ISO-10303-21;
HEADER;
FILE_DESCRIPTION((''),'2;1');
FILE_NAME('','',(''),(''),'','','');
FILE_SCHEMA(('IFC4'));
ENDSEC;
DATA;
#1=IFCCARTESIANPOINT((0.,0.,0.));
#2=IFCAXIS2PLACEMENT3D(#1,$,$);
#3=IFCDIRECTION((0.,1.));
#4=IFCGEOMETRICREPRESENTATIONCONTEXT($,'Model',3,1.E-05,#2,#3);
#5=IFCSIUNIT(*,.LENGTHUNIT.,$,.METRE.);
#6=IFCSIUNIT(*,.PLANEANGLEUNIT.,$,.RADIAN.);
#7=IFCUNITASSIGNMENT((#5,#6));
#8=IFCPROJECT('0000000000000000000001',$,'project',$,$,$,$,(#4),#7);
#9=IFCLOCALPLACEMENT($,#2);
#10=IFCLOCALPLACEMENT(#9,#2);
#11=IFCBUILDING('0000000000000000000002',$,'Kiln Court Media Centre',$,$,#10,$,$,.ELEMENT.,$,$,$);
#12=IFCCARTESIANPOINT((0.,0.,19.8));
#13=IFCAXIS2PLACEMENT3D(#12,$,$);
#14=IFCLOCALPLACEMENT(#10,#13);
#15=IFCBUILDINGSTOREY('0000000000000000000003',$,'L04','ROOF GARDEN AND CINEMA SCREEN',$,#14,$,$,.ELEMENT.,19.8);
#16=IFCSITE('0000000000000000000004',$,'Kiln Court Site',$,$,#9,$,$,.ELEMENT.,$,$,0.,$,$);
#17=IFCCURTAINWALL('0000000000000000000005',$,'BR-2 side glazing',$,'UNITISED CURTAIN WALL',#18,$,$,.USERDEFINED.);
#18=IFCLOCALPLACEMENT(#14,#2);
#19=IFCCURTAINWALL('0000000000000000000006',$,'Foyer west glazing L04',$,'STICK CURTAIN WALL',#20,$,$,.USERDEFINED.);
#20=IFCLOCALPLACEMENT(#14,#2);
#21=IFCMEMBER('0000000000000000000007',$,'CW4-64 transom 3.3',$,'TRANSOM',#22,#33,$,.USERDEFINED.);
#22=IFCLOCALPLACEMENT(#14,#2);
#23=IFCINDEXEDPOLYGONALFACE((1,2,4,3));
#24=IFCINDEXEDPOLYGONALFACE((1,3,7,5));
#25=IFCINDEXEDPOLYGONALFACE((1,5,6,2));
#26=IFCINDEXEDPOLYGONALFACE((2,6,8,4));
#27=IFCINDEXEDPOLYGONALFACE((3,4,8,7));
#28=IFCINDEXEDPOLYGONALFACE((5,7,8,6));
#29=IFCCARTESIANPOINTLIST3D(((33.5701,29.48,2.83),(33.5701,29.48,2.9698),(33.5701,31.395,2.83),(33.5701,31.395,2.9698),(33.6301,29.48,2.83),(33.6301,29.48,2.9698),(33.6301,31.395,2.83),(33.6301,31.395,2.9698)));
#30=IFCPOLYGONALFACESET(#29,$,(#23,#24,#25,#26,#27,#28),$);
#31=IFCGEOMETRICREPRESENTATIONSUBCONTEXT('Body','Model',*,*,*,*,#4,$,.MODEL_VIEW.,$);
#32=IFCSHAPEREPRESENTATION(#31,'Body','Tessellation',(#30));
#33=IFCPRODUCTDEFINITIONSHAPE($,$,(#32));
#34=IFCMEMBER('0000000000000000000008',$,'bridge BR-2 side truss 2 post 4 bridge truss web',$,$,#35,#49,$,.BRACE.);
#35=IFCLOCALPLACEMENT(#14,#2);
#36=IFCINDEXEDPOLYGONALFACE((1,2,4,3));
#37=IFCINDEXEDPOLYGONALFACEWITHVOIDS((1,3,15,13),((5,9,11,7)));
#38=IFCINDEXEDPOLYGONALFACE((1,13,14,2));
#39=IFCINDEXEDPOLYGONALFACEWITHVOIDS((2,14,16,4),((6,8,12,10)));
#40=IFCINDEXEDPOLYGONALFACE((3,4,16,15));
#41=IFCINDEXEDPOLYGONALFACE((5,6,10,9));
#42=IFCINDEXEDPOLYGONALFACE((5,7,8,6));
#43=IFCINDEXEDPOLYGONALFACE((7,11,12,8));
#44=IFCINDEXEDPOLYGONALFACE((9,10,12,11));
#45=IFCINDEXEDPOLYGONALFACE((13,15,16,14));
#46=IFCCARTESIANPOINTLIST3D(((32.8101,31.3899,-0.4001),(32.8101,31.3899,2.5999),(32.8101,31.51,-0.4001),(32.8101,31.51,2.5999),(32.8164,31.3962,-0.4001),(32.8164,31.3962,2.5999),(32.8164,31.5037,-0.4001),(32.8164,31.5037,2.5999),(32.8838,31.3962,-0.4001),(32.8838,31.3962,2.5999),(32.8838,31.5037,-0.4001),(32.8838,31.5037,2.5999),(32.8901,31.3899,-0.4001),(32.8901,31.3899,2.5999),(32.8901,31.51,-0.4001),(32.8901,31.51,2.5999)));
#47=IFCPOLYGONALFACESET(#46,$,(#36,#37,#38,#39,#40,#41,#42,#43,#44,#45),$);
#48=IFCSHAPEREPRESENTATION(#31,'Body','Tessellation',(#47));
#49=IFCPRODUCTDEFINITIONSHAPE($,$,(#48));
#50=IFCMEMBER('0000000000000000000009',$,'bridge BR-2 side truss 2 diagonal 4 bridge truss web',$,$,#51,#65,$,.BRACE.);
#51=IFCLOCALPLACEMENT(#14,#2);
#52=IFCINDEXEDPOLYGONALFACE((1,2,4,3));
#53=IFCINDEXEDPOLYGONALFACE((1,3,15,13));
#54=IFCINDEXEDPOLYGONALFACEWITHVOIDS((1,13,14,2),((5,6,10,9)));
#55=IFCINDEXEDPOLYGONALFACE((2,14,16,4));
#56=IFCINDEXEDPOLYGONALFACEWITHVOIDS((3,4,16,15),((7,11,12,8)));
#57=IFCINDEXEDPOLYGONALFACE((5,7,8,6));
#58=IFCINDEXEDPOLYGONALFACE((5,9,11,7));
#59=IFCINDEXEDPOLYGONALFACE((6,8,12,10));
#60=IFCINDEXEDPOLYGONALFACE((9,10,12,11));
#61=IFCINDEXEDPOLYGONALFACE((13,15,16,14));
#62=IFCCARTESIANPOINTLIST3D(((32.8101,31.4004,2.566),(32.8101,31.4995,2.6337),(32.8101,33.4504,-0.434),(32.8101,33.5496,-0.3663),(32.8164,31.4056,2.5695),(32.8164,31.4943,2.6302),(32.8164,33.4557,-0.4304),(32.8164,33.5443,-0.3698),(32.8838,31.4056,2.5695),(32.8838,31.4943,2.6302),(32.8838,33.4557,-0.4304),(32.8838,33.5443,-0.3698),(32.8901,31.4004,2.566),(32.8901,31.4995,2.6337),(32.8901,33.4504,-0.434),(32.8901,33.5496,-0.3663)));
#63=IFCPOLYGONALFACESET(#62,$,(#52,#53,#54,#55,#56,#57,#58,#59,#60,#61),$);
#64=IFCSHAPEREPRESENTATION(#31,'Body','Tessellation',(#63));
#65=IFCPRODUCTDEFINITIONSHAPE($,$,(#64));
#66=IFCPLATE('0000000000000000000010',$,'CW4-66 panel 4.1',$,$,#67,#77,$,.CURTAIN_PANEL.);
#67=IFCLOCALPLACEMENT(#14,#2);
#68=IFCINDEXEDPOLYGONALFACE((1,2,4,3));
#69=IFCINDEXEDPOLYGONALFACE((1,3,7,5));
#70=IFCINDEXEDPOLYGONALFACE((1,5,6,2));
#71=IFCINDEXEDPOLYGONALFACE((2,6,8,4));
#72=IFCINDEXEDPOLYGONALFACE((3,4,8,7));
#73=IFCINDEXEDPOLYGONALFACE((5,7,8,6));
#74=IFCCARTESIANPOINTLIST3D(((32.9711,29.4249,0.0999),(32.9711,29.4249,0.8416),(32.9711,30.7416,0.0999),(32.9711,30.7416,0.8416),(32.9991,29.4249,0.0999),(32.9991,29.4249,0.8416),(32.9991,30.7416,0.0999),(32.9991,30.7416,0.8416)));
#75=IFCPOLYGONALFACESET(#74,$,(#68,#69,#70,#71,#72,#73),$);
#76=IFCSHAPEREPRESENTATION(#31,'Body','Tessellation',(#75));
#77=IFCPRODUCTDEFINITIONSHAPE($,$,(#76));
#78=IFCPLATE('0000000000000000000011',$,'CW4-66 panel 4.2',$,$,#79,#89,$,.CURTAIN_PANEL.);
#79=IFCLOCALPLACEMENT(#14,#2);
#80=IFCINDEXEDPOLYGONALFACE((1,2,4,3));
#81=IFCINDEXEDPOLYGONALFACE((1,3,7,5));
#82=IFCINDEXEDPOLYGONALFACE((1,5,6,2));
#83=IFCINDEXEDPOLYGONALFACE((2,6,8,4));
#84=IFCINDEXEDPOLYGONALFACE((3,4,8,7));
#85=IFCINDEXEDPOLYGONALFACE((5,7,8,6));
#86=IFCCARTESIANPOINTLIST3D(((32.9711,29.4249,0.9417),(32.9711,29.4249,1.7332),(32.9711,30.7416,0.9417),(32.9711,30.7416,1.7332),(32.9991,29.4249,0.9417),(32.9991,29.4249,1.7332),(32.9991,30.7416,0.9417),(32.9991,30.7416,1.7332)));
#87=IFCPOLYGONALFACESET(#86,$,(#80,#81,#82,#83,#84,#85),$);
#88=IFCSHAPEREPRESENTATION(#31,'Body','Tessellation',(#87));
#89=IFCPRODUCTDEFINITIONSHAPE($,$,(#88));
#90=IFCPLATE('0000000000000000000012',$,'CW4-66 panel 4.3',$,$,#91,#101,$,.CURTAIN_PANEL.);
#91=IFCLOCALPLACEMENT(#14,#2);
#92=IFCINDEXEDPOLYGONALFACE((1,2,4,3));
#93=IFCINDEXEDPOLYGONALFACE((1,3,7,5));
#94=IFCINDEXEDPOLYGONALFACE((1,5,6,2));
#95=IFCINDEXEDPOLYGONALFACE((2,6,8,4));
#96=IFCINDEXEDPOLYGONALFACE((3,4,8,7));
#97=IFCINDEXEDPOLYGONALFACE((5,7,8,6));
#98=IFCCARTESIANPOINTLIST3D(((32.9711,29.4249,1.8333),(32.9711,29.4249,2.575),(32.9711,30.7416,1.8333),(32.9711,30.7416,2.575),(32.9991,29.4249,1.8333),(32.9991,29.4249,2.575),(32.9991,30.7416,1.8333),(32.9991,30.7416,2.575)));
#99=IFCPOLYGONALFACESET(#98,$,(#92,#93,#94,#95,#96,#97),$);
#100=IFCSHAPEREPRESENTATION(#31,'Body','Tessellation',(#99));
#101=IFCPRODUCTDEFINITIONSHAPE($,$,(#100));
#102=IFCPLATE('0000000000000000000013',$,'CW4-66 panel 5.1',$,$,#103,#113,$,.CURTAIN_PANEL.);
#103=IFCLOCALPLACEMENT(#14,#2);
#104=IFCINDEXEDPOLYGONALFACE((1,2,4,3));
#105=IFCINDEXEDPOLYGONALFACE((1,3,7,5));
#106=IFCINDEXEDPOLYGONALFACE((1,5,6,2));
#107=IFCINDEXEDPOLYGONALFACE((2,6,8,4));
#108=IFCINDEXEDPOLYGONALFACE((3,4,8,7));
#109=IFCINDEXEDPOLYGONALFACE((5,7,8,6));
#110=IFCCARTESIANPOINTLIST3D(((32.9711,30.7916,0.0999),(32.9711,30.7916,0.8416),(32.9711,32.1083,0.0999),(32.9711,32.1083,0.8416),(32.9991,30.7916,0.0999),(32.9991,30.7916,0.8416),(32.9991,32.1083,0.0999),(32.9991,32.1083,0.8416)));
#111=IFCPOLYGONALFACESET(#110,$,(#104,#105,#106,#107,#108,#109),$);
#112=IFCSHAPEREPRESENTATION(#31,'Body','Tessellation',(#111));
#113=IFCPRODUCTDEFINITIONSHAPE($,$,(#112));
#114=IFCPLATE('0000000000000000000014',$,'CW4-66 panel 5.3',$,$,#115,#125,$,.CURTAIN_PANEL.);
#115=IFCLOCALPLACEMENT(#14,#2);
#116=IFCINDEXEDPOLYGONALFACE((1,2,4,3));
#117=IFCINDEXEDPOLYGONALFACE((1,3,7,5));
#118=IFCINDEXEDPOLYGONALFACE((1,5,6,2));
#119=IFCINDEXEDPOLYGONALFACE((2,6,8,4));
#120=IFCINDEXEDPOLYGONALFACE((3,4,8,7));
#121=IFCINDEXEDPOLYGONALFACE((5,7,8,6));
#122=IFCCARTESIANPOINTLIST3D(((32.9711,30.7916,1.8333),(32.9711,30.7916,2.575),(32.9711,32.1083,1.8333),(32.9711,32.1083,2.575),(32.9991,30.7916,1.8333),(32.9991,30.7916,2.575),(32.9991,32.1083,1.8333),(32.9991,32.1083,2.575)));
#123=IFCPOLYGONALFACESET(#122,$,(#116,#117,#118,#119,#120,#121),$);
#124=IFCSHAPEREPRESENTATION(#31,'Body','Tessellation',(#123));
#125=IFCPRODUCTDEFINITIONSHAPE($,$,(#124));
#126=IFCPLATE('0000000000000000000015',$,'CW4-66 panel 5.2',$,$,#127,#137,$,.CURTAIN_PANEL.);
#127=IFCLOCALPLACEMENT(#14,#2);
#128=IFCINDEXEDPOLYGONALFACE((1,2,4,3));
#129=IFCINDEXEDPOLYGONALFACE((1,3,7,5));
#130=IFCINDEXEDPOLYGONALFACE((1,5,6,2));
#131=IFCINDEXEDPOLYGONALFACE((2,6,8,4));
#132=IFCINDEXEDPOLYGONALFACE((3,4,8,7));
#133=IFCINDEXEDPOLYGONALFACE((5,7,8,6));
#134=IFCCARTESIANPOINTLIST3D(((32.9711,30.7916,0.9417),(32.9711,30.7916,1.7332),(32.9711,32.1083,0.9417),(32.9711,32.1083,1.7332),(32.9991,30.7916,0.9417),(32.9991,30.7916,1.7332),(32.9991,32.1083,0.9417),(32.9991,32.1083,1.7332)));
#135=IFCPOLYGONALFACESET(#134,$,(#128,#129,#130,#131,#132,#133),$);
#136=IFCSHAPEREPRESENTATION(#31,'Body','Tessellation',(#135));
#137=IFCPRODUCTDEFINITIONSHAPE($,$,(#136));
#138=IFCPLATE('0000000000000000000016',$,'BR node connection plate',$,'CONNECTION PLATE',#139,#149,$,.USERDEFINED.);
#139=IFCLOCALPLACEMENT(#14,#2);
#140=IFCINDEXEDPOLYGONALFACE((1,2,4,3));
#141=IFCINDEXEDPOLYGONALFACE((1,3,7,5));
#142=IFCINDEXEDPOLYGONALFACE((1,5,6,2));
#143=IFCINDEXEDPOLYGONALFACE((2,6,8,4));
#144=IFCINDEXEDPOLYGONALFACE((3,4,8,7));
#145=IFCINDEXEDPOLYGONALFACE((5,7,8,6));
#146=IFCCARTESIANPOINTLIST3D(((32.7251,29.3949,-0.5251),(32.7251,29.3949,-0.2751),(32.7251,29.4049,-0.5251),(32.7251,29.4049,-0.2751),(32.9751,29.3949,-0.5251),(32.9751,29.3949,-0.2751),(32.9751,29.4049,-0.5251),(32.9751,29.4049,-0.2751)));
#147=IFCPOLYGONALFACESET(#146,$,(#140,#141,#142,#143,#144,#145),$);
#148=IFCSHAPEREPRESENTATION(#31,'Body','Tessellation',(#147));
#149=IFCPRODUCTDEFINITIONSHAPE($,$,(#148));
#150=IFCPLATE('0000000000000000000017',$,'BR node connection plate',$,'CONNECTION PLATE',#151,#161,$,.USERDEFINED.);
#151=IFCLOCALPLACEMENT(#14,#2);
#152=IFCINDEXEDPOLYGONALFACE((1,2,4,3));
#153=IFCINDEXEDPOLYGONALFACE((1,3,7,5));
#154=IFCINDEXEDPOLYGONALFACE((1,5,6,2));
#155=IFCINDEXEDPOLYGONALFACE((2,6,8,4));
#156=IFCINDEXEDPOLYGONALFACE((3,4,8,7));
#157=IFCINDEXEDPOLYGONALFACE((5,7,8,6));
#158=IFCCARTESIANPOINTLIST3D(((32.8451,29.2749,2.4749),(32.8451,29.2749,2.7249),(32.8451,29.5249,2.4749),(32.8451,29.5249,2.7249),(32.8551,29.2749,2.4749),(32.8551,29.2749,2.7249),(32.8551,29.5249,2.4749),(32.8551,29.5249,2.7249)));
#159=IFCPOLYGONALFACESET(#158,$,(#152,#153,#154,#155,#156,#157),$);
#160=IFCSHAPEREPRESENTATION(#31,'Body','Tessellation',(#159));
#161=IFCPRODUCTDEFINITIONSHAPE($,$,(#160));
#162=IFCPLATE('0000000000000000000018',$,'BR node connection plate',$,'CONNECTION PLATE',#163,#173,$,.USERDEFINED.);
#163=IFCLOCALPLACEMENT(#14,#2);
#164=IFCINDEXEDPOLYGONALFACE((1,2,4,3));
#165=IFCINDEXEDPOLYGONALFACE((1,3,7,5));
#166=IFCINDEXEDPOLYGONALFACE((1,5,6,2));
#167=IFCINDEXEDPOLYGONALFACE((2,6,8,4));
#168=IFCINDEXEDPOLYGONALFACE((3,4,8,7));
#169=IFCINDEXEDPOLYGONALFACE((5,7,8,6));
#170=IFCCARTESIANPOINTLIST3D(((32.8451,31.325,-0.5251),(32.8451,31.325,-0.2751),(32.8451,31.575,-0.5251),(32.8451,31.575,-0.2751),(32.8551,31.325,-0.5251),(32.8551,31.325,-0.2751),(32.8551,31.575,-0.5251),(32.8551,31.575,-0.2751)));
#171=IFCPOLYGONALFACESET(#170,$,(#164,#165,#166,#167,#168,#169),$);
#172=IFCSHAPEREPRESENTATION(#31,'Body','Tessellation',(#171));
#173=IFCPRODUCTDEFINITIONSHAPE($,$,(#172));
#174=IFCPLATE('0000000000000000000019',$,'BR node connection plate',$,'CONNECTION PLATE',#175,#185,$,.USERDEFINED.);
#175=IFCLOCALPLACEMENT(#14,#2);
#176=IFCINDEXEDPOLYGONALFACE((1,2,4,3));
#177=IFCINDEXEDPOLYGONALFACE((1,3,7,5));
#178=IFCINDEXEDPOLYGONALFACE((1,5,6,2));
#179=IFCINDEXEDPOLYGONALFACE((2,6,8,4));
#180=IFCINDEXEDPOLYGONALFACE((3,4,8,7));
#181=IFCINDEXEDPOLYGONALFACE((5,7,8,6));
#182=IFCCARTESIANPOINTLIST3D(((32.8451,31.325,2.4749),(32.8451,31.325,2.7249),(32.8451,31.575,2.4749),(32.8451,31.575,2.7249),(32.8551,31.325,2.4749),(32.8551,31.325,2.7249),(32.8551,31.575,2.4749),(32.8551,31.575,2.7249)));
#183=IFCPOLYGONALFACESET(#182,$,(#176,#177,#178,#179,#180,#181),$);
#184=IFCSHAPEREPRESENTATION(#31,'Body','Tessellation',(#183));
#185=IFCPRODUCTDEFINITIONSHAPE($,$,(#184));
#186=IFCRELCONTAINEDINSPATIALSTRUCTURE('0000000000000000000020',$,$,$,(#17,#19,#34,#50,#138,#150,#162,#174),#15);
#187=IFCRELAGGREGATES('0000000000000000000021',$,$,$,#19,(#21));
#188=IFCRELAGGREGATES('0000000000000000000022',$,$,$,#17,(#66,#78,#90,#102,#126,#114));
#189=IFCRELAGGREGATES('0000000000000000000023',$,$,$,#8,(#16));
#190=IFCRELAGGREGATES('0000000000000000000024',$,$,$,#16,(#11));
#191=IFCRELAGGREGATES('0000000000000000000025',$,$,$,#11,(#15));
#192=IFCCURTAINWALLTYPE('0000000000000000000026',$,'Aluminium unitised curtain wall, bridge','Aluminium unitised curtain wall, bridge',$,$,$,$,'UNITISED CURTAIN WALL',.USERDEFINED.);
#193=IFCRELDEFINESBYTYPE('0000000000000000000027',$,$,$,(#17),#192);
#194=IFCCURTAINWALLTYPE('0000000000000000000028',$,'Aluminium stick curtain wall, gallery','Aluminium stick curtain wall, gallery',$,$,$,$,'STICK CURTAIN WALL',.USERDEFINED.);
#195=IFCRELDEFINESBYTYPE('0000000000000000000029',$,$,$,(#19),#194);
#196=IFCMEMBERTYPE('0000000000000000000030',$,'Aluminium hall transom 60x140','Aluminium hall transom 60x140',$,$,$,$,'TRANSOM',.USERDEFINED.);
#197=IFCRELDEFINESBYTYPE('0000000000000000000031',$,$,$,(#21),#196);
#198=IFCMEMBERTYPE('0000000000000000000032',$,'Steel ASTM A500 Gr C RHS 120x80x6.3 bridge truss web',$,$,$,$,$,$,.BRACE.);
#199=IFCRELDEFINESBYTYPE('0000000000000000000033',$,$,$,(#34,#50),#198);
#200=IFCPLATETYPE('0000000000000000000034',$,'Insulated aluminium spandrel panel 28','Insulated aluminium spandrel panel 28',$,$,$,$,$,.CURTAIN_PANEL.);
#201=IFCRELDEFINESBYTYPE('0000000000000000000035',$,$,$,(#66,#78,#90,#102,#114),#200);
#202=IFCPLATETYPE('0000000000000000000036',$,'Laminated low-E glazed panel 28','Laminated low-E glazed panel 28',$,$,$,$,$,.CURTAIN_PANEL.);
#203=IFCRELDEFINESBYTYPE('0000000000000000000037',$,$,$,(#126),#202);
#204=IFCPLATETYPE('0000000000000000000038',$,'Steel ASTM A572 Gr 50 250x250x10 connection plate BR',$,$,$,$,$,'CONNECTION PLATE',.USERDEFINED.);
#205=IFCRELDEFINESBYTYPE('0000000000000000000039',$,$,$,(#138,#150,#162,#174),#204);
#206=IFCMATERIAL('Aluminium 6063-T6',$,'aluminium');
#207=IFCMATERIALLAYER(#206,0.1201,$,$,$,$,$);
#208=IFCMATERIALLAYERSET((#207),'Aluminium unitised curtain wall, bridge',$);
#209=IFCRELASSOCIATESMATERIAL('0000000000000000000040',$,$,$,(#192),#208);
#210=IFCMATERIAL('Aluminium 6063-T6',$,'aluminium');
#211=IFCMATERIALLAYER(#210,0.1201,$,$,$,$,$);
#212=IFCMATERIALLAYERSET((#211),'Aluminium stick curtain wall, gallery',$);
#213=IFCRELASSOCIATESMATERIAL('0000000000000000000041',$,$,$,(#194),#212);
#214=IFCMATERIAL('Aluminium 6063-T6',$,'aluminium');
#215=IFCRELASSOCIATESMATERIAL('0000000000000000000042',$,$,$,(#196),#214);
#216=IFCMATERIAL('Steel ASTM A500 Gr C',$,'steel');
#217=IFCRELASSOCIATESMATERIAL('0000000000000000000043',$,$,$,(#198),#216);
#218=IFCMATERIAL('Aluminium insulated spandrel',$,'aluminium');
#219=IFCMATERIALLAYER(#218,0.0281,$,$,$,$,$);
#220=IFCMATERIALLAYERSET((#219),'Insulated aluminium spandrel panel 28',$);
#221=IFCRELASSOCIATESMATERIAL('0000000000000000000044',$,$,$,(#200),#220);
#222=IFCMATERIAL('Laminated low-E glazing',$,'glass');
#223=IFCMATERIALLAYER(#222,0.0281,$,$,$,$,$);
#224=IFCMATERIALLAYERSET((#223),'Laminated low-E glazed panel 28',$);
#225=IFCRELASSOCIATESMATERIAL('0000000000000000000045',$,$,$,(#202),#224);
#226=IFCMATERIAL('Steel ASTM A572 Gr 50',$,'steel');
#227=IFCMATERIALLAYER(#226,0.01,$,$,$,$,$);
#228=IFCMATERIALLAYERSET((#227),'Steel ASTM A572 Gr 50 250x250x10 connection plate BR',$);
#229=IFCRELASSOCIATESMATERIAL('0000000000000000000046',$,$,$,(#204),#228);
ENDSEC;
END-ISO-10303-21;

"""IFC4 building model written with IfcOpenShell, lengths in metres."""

from ifc_helpers import new_model, si_unit, direction, frame, origin, origin_2d, place, context, subcontext, project, spatial, rectangle, hollow_rectangle, extrude, material, layer, layer_set, material_profile, profile_set, type_object, element, aggregate, save


model = new_model("IFC4")

# Units and contexts
model_context = context("Model", 3, precision=1e-05, world=origin(), true_north=direction((0.0, 1.0)))
body_context = subcontext(model_context, "Body", "Model", "MODEL_VIEW")
ifc_project = project(units=[si_unit("LENGTHUNIT", "METRE"), si_unit("PLANEANGLEUNIT", "RADIAN")], contexts=[model_context])

# Site, building, storey
site_placement = place(None, origin())
site = spatial("IfcSite", under=ifc_project, at=site_placement, Name="Kiln Court Site", CompositionType="ELEMENT", RefElevation=0.0)
building_placement = place(site_placement, origin())
building = spatial("IfcBuilding", under=site, at=building_placement, Name="Kiln Court Media Centre", CompositionType="ELEMENT")
storey_placement = place(building_placement, frame((0.0, 0.0, 19.8)))
storey = spatial("IfcBuildingStorey", under=building, at=storey_placement, Name="L04", Description="ROOF GARDEN AND CINEMA SCREEN", CompositionType="ELEMENT", Elevation=19.8)

# Curtain walls
ifc_material_1 = material(Name="Aluminium 6063-T6", Category="aluminium")
ifc_layer_1 = layer(ifc_material_1, 0.1201)
ifc_layer_set_1 = layer_set([ifc_layer_1], Name="Aluminium unitised curtain wall, bridge")
curtain_wall_type_1 = type_object("IfcCurtainWallType", Name="Aluminium unitised curtain wall, bridge", Description="Aluminium unitised curtain wall, bridge", ElementType="UNITISED CURTAIN WALL", PredefinedType="USERDEFINED", material=ifc_layer_set_1)
curtain_wall_1_placement = place(storey_placement, origin())
curtain_wall_1 = element("IfcCurtainWall", 1, at=curtain_wall_1_placement, inside=storey, type_object=curtain_wall_type_1, Name="BR-2 side glazing", ObjectType="UNITISED CURTAIN WALL", PredefinedType="USERDEFINED")
ifc_material_2 = material(Name="Aluminium 6063-T6", Category="aluminium")
ifc_layer_2 = layer(ifc_material_2, 0.1201)
ifc_layer_set_2 = layer_set([ifc_layer_2], Name="Aluminium stick curtain wall, gallery")
curtain_wall_type_2 = type_object("IfcCurtainWallType", Name="Aluminium stick curtain wall, gallery", Description="Aluminium stick curtain wall, gallery", ElementType="STICK CURTAIN WALL", PredefinedType="USERDEFINED", material=ifc_layer_set_2)
curtain_wall_2_placement = place(storey_placement, origin())
curtain_wall_2 = element("IfcCurtainWall", 2, at=curtain_wall_2_placement, inside=storey, type_object=curtain_wall_type_2, Name="Foyer west glazing L04", ObjectType="STICK CURTAIN WALL", PredefinedType="USERDEFINED")

# Member
ifc_material_3 = material(Name="Aluminium 6063-T6", Category="aluminium")
ifc_material_profile_1 = material_profile(ifc_material_3, rectangle(XDim=0.0601, YDim=0.1399, at=origin_2d()), Name="Aluminium hall transom 60x140")
ifc_profile_set_1 = profile_set([ifc_material_profile_1], Name="Aluminium 6063-T6")
member_type_1 = type_object("IfcMemberType", Name="Aluminium hall transom 60x140", Description="Aluminium hall transom 60x140", ElementType="TRANSOM", PredefinedType="USERDEFINED", material=ifc_profile_set_1)
member_1_placement = place(storey_placement, frame((33.6001, 29.48, 2.8999), z_axis=(0.0, 1.0, 0.0), x_axis=(-1.0, 0.0, 0.0)))
member_1 = element("IfcMember", 3, at=member_1_placement, type_object=member_type_1, Name="CW4-64 transom 3.3", ObjectType="TRANSOM", PredefinedType="USERDEFINED", context=body_context, shape_type="SweptSolid", body=[
    extrude(rectangle(XDim=0.0601, YDim=0.1399, at=origin_2d()), origin(), (0.0, 0.0, 1.0), 1.915),
])
aggregate(curtain_wall_2, [member_1])

# Members
ifc_material_4 = material(Name="Steel ASTM A500 Gr C", Category="steel")
ifc_material_profile_2 = material_profile(ifc_material_4, hollow_rectangle(XDim=0.0801, YDim=0.1201, WallThickness=0.0063, at=origin_2d()), Name="RHS 120x80x6.3")
ifc_profile_set_2 = profile_set([ifc_material_profile_2], Name="Steel ASTM A500 Gr C")
member_type_2 = type_object("IfcMemberType", Name="Steel ASTM A500 Gr C RHS 120x80x6.3 bridge truss web", PredefinedType="BRACE", material=ifc_profile_set_2)
member_2_placement = place(storey_placement, frame((32.8501, 31.45, -0.4001), z_axis=(0.0, 0.0, 1.0), x_axis=(1.0, 0.0, 0.0)))
element("IfcMember", 4, at=member_2_placement, inside=storey, type_object=member_type_2, Name="bridge BR-2 side truss 2 post 4 bridge truss web", PredefinedType="BRACE", context=body_context, shape_type="SweptSolid", body=[
    extrude(hollow_rectangle(XDim=0.0801, YDim=0.1201, WallThickness=0.0063, at=origin_2d()), origin(), (0.0, 0.0, 1.0), 3.0),
])
member_3_placement = place(storey_placement, frame((32.8501, 31.45, 2.5999), z_axis=(0.0, 0.5642, -0.825638), x_axis=(-1.0, 0.0, 0.0)))
element("IfcMember", 5, at=member_3_placement, inside=storey, type_object=member_type_2, Name="bridge BR-2 side truss 2 diagonal 4 bridge truss web", PredefinedType="BRACE", context=body_context, shape_type="SweptSolid", body=[
    extrude(hollow_rectangle(XDim=0.0801, YDim=0.1201, WallThickness=0.0063, at=origin_2d()), origin(), (0.0, 0.0, 1.0), 3.6335),
])

# Plates
ifc_material_5 = material(Name="Aluminium insulated spandrel", Category="aluminium")
ifc_layer_3 = layer(ifc_material_5, 0.0281)
ifc_layer_set_3 = layer_set([ifc_layer_3], Name="Insulated aluminium spandrel panel 28")
plate_type_1 = type_object("IfcPlateType", Name="Insulated aluminium spandrel panel 28", Description="Insulated aluminium spandrel panel 28", PredefinedType="CURTAIN_PANEL", material=ifc_layer_set_3)
plate_1_placement = place(storey_placement, frame((32.9851, 30.0833, 0.0999), z_axis=(0.0, 0.0, 1.0), x_axis=(0.0, 1.0, 0.0)))
plate_1 = element("IfcPlate", 6, at=plate_1_placement, type_object=plate_type_1, Name="CW4-66 panel 4.1", PredefinedType="CURTAIN_PANEL", context=body_context, shape_type="SweptSolid", body=[
    extrude(rectangle(XDim=1.3167, YDim=0.0281, at=origin_2d()), origin(), (0.0, 0.0, 1.0), 0.7417),
])
plate_2_placement = place(storey_placement, frame((32.9851, 30.0833, 0.9417), z_axis=(0.0, 0.0, 1.0), x_axis=(0.0, 1.0, 0.0)))
plate_2 = element("IfcPlate", 7, at=plate_2_placement, type_object=plate_type_1, Name="CW4-66 panel 4.2", PredefinedType="CURTAIN_PANEL", context=body_context, shape_type="SweptSolid", body=[
    extrude(rectangle(XDim=1.3167, YDim=0.0281, at=origin_2d()), origin(), (0.0, 0.0, 1.0), 0.7915),
])
plate_3_placement = place(storey_placement, frame((32.9851, 30.0833, 1.8333), z_axis=(0.0, 0.0, 1.0), x_axis=(0.0, 1.0, 0.0)))
plate_3 = element("IfcPlate", 8, at=plate_3_placement, type_object=plate_type_1, Name="CW4-66 panel 4.3", PredefinedType="CURTAIN_PANEL", context=body_context, shape_type="SweptSolid", body=[
    extrude(rectangle(XDim=1.3167, YDim=0.0281, at=origin_2d()), origin(), (0.0, 0.0, 1.0), 0.7417),
])
plate_4_placement = place(storey_placement, frame((32.9851, 31.45, 0.0999), z_axis=(0.0, 0.0, 1.0), x_axis=(0.0, 1.0, 0.0)))
plate_4 = element("IfcPlate", 9, at=plate_4_placement, type_object=plate_type_1, Name="CW4-66 panel 5.1", PredefinedType="CURTAIN_PANEL", context=body_context, shape_type="SweptSolid", body=[
    extrude(rectangle(XDim=1.3167, YDim=0.0281, at=origin_2d()), origin(), (0.0, 0.0, 1.0), 0.7417),
])
plate_5_placement = place(storey_placement, frame((32.9851, 31.45, 1.8333), z_axis=(0.0, 0.0, 1.0), x_axis=(0.0, 1.0, 0.0)))
plate_5 = element("IfcPlate", 10, at=plate_5_placement, type_object=plate_type_1, Name="CW4-66 panel 5.3", PredefinedType="CURTAIN_PANEL", context=body_context, shape_type="SweptSolid", body=[
    extrude(rectangle(XDim=1.3167, YDim=0.0281, at=origin_2d()), origin(), (0.0, 0.0, 1.0), 0.7417),
])
ifc_material_6 = material(Name="Laminated low-E glazing", Category="glass")
ifc_layer_4 = layer(ifc_material_6, 0.0281)
ifc_layer_set_4 = layer_set([ifc_layer_4], Name="Laminated low-E glazed panel 28")
plate_type_2 = type_object("IfcPlateType", Name="Laminated low-E glazed panel 28", Description="Laminated low-E glazed panel 28", PredefinedType="CURTAIN_PANEL", material=ifc_layer_set_4)
plate_6_placement = place(storey_placement, frame((32.9851, 31.45, 0.9417), z_axis=(0.0, 0.0, 1.0), x_axis=(0.0, 1.0, 0.0)))
plate_6 = element("IfcPlate", 11, at=plate_6_placement, type_object=plate_type_2, Name="CW4-66 panel 5.2", PredefinedType="CURTAIN_PANEL", context=body_context, shape_type="SweptSolid", body=[
    extrude(rectangle(XDim=1.3167, YDim=0.0281, at=origin_2d()), origin(), (0.0, 0.0, 1.0), 0.7915),
])
aggregate(curtain_wall_1, [plate_1, plate_2, plate_3, plate_4, plate_6, plate_5])

# Plates
ifc_material_7 = material(Name="Steel ASTM A572 Gr 50", Category="steel")
ifc_layer_5 = layer(ifc_material_7, 0.01)
ifc_layer_set_5 = layer_set([ifc_layer_5], Name="Steel ASTM A572 Gr 50 250x250x10 connection plate BR")
plate_type_3 = type_object("IfcPlateType", Name="Steel ASTM A572 Gr 50 250x250x10 connection plate BR", ElementType="CONNECTION PLATE", PredefinedType="USERDEFINED", material=ifc_layer_set_5)
plate_7_placement = place(storey_placement, frame((32.8501, 29.3999, -0.5251), z_axis=(0.0, 0.0, 1.0), x_axis=(1.0, 0.0, 0.0)))
element("IfcPlate", 12, at=plate_7_placement, inside=storey, type_object=plate_type_3, Name="BR node connection plate", ObjectType="CONNECTION PLATE", PredefinedType="USERDEFINED", context=body_context, shape_type="SweptSolid", body=[
    extrude(rectangle(XDim=0.25, YDim=0.01, at=origin_2d()), origin(), (0.0, 0.0, 1.0), 0.25),
])
for number, where, z_axis, x_axis, name in (
    (13, (32.8501, 29.3999, 2.4749), (0.0, 0.0, 1.0), (1.0, 0.0, 0.0), "BR node connection plate"),
    (14, (32.8501, 31.45, -0.5251), (0.0, 0.0, 1.0), (1.0, 0.0, 0.0), "BR node connection plate"),
    (15, (32.8501, 31.45, 2.4749), (0.0, 0.0, 1.0), (1.0, 0.0, 0.0), "BR node connection plate"),
):
    element("IfcPlate", number, at=place(storey_placement, frame(where, z_axis=z_axis, x_axis=x_axis)), inside=storey, type_object=plate_type_3, Name=name, ObjectType="CONNECTION PLATE", PredefinedType="USERDEFINED", context=body_context, shape_type="SweptSolid", body=[
        extrude(rectangle(XDim=0.01, YDim=0.25, at=origin_2d()), origin(), (0.0, 0.0, 1.0), 0.25),
    ])

save(model, "model.ifc")
